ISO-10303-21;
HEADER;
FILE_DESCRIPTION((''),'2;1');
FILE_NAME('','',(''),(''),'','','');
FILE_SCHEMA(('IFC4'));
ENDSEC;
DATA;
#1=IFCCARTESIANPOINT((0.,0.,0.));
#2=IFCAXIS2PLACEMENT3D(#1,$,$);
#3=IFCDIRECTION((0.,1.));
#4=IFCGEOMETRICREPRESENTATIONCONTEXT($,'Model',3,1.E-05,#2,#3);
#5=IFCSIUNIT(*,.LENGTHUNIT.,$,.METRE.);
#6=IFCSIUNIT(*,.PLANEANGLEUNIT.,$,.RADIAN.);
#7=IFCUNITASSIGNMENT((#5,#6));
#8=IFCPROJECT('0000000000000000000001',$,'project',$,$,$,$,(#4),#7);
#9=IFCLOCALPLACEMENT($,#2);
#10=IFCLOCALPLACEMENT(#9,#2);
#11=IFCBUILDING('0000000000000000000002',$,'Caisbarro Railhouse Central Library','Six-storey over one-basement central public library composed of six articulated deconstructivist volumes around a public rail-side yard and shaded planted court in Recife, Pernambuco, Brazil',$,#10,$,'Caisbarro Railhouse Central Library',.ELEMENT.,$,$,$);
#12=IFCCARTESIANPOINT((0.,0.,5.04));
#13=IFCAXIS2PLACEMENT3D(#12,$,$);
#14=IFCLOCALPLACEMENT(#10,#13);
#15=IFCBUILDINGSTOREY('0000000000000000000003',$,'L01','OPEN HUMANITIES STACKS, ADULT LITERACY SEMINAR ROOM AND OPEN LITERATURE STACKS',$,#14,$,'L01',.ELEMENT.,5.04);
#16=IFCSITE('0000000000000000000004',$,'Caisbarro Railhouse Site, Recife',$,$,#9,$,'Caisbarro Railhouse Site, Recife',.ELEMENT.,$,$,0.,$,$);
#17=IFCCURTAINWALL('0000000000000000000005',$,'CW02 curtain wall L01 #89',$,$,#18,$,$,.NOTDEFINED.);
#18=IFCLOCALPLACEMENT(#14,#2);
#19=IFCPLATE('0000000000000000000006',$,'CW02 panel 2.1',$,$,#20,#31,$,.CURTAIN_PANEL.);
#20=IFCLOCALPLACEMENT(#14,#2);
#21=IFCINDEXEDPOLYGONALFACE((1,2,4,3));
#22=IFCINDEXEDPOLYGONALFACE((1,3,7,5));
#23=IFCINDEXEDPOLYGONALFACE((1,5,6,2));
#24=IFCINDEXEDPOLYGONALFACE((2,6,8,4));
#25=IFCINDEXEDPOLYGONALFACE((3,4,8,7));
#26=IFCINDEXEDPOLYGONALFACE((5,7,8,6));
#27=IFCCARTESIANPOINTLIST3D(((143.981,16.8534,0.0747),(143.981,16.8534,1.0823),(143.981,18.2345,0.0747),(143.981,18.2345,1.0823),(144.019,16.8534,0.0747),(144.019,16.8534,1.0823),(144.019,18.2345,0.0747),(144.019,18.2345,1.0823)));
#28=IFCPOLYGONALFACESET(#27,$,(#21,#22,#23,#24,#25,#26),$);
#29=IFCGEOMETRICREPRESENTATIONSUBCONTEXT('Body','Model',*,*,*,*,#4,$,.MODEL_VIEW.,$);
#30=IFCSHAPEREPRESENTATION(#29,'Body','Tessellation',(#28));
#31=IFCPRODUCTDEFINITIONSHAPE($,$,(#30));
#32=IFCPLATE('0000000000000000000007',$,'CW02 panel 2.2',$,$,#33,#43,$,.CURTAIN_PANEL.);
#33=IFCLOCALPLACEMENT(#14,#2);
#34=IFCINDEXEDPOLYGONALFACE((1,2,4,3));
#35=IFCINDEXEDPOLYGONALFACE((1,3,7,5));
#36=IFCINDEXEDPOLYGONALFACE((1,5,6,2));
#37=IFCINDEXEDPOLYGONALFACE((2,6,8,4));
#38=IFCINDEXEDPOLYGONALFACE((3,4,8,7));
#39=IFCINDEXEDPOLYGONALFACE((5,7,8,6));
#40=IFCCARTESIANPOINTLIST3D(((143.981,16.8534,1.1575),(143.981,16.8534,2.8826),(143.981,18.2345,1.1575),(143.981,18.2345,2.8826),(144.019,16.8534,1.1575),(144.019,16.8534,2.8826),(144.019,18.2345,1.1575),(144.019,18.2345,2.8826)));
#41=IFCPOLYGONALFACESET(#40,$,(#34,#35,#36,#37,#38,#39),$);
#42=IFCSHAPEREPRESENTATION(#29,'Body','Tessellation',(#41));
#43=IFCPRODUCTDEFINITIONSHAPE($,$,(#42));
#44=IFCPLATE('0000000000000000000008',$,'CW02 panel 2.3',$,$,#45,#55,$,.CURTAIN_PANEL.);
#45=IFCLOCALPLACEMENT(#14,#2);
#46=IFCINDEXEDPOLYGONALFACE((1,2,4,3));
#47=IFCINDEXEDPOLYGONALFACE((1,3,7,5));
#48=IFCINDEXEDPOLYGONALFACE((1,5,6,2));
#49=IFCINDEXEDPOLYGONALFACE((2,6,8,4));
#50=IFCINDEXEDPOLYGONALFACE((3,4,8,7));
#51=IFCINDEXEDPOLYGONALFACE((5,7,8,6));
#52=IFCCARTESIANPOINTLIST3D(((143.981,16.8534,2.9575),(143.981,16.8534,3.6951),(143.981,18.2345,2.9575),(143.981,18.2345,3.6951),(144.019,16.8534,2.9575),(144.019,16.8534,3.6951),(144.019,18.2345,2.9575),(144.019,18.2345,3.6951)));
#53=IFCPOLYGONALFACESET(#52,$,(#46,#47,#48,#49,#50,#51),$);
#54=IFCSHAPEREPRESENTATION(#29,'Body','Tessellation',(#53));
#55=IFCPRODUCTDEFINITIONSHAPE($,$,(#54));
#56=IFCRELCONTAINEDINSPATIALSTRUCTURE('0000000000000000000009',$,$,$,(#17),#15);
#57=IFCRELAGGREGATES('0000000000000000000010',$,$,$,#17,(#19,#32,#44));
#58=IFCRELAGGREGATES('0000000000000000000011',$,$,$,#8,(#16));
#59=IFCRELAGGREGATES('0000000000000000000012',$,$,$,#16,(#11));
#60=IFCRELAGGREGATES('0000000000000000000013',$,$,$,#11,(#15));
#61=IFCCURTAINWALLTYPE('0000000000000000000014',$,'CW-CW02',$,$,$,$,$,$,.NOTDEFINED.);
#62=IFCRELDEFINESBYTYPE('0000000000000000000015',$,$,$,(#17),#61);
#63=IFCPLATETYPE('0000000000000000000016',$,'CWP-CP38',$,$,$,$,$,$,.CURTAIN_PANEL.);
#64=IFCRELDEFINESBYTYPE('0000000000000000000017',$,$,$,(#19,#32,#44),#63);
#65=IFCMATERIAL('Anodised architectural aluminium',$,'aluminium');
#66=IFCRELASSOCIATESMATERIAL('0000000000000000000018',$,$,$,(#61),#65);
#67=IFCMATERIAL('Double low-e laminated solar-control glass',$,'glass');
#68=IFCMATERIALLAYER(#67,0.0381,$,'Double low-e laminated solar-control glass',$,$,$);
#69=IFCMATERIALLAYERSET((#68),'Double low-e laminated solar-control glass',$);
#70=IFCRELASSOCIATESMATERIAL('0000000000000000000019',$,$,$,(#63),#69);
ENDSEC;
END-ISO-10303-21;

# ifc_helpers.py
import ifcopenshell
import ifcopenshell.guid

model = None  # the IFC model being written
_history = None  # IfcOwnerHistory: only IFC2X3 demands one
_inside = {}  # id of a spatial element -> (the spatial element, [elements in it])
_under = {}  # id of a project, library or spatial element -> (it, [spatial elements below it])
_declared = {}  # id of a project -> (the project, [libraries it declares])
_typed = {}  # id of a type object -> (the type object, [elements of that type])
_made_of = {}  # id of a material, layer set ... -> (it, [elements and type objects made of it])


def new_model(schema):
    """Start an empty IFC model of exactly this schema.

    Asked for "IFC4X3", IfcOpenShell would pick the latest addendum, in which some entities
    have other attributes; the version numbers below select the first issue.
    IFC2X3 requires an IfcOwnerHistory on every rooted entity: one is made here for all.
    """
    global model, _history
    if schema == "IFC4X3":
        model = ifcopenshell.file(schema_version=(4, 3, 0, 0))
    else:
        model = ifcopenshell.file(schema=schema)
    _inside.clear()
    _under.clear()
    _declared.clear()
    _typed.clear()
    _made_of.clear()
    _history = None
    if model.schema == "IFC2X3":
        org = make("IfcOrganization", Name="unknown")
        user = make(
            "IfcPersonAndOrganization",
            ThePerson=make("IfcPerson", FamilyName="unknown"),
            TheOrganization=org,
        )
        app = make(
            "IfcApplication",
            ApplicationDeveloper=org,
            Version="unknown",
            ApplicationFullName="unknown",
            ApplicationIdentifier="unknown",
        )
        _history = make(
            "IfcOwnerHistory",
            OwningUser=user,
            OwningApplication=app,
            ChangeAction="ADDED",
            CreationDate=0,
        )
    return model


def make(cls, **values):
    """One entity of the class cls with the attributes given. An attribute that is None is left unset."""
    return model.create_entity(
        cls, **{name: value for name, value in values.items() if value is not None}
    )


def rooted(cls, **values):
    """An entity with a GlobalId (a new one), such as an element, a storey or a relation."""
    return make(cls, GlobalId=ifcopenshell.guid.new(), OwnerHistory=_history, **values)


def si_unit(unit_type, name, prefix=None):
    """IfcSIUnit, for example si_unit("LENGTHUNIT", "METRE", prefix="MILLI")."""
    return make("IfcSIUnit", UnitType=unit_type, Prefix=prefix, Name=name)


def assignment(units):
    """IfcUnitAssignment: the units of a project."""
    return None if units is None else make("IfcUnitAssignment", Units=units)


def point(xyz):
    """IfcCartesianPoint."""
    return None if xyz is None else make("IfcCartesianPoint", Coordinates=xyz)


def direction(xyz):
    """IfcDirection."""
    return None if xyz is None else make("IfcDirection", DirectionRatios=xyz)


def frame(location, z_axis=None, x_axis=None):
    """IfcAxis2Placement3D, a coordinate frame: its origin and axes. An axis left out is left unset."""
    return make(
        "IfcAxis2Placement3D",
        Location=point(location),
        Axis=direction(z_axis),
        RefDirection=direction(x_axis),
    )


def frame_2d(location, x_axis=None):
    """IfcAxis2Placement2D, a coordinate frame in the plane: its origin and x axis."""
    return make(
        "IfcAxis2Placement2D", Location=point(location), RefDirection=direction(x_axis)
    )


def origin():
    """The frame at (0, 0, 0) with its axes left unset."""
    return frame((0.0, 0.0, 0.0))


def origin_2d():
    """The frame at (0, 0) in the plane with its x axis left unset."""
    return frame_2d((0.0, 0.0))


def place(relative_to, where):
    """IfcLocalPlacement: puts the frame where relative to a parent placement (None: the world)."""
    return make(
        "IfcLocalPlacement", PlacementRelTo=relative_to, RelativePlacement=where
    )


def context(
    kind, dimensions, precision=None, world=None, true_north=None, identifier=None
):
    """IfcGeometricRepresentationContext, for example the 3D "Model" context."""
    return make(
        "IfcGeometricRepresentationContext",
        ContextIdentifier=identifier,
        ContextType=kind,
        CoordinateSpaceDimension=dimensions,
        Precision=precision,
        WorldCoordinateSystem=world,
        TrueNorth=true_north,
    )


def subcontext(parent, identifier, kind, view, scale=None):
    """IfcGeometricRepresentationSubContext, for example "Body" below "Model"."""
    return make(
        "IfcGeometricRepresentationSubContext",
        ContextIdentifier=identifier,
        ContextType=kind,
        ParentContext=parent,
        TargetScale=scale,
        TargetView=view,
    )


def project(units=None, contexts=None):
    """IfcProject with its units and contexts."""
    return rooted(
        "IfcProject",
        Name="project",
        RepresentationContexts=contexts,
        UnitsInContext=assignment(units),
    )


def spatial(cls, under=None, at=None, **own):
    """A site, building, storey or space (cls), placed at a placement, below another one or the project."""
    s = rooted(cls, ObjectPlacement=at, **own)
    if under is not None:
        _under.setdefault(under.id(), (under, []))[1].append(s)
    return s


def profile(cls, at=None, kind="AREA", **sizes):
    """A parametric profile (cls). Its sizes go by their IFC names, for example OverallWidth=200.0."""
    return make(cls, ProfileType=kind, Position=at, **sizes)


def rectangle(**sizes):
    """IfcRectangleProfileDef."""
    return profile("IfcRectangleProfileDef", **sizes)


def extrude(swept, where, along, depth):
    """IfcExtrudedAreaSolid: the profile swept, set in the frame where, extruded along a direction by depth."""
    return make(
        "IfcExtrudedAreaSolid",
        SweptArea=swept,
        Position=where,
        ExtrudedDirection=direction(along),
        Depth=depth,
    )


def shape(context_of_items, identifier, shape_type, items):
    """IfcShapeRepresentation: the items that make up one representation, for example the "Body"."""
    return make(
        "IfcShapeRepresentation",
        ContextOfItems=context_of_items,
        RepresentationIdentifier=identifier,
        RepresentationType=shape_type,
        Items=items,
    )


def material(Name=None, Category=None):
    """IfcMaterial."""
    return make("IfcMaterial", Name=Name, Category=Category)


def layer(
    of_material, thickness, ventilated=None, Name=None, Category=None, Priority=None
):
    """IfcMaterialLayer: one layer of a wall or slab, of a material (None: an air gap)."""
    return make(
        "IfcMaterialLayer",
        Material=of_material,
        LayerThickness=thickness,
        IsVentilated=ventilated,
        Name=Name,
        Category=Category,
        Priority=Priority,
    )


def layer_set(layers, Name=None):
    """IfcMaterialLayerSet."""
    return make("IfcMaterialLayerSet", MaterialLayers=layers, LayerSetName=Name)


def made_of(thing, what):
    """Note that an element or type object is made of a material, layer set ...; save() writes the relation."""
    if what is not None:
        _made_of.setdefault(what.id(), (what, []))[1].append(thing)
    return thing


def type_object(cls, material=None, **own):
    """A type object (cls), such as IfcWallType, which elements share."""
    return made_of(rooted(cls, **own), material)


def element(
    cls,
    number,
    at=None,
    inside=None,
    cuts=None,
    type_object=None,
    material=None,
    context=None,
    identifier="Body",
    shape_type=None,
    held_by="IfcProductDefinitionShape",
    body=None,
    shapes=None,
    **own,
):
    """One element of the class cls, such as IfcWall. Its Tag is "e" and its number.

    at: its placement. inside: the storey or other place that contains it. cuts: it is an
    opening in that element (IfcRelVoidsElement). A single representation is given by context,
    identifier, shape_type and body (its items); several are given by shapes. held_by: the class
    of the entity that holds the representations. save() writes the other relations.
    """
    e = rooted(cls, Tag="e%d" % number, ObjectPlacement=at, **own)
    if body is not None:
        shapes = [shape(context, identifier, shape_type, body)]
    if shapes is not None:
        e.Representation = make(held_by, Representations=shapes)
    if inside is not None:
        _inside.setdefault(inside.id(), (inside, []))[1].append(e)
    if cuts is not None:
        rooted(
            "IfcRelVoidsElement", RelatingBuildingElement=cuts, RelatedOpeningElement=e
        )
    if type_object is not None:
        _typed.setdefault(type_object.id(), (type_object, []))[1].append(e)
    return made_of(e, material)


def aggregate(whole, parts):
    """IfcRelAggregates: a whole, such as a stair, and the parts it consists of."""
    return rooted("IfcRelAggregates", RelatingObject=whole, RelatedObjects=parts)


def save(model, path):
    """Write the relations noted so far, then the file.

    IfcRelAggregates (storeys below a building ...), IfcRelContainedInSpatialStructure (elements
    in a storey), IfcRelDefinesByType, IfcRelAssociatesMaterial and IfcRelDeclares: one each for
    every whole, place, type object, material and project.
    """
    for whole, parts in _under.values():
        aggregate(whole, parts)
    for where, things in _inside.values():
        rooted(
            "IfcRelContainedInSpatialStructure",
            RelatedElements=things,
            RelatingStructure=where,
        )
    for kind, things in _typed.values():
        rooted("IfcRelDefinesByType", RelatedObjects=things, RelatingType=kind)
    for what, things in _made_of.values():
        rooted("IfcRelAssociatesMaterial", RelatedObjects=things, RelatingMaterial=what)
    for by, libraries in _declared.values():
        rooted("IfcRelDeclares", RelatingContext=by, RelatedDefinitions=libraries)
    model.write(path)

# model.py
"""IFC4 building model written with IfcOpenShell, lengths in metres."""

from ifc_helpers import new_model, si_unit, direction, frame, origin, origin_2d, place, context, subcontext, project, spatial, rectangle, extrude, material, layer, layer_set, type_object, element, aggregate, save


model = new_model("IFC4")

# Units and contexts
model_context = context("Model", 3, precision=1e-05, world=origin(), true_north=direction((0.0, 1.0)))
body_context = subcontext(model_context, "Body", "Model", "MODEL_VIEW")
ifc_project = project(units=[si_unit("LENGTHUNIT", "METRE"), si_unit("PLANEANGLEUNIT", "RADIAN")], contexts=[model_context])

# Site, building, storey
site_placement = place(None, origin())
site = spatial("IfcSite", under=ifc_project, at=site_placement, Name="Caisbarro Railhouse Site, Recife", LongName="Caisbarro Railhouse Site, Recife", CompositionType="ELEMENT", RefElevation=0.0)
building_placement = place(site_placement, origin())
building = spatial("IfcBuilding", under=site, at=building_placement, Name="Caisbarro Railhouse Central Library", Description="Six-storey over one-basement central public library composed of six articulated deconstructivist volumes around a public rail-side yard and shaded planted court in Recife, Pernambuco, Brazil", LongName="Caisbarro Railhouse Central Library", CompositionType="ELEMENT")
storey_placement = place(building_placement, frame((0.0, 0.0, 5.04)))
storey = spatial("IfcBuildingStorey", under=building, at=storey_placement, Name="L01", Description="OPEN HUMANITIES STACKS, ADULT LITERACY SEMINAR ROOM AND OPEN LITERATURE STACKS", LongName="L01", CompositionType="ELEMENT", Elevation=5.04)

# Curtain wall
ifc_material_1 = material(Name="Anodised architectural aluminium", Category="aluminium")
curtain_wall_type = type_object("IfcCurtainWallType", Name="CW-CW02", PredefinedType="NOTDEFINED", material=ifc_material_1)
curtain_wall_1_placement = place(storey_placement, origin())
curtain_wall_1 = element("IfcCurtainWall", 1, at=curtain_wall_1_placement, inside=storey, type_object=curtain_wall_type, Name="CW02 curtain wall L01 #89", PredefinedType="NOTDEFINED")

# Plates
ifc_material_2 = material(Name="Double low-e laminated solar-control glass", Category="glass")
ifc_layer = layer(ifc_material_2, 0.0381, Name="Double low-e laminated solar-control glass")
ifc_layer_set = layer_set([ifc_layer], Name="Double low-e laminated solar-control glass")
plate_type = type_object("IfcPlateType", Name="CWP-CP38", PredefinedType="CURTAIN_PANEL", material=ifc_layer_set)
plate_1_placement = place(storey_placement, frame((144.0, 17.5439, 0.0747), z_axis=(0.0, 0.0, 1.0), x_axis=(0.0, 1.0, 0.0)))
plate_1 = element("IfcPlate", 2, at=plate_1_placement, type_object=plate_type, Name="CW02 panel 2.1", PredefinedType="CURTAIN_PANEL", context=body_context, shape_type="SweptSolid", body=[
    extrude(rectangle(XDim=1.3811, YDim=0.0381, at=origin_2d()), origin(), (0.0, 0.0, 1.0), 1.0076),
])
plate_2_placement = place(storey_placement, frame((144.0, 17.5439, 1.1575), z_axis=(0.0, 0.0, 1.0), x_axis=(0.0, 1.0, 0.0)))
plate_2 = element("IfcPlate", 3, at=plate_2_placement, type_object=plate_type, Name="CW02 panel 2.2", PredefinedType="CURTAIN_PANEL", context=body_context, shape_type="SweptSolid", body=[
    extrude(rectangle(XDim=1.3811, YDim=0.0381, at=origin_2d()), origin(), (0.0, 0.0, 1.0), 1.7251),
])
plate_3_placement = place(storey_placement, frame((144.0, 17.5439, 2.9575), z_axis=(0.0, 0.0, 1.0), x_axis=(0.0, 1.0, 0.0)))
plate_3 = element("IfcPlate", 4, at=plate_3_placement, type_object=plate_type, Name="CW02 panel 2.3", PredefinedType="CURTAIN_PANEL", context=body_context, shape_type="SweptSolid", body=[
    extrude(rectangle(XDim=1.3811, YDim=0.0381, at=origin_2d()), origin(), (0.0, 0.0, 1.0), 0.7375),
])
aggregate(curtain_wall_1, [plate_1, plate_2, plate_3])

save(model, "model.ifc")
